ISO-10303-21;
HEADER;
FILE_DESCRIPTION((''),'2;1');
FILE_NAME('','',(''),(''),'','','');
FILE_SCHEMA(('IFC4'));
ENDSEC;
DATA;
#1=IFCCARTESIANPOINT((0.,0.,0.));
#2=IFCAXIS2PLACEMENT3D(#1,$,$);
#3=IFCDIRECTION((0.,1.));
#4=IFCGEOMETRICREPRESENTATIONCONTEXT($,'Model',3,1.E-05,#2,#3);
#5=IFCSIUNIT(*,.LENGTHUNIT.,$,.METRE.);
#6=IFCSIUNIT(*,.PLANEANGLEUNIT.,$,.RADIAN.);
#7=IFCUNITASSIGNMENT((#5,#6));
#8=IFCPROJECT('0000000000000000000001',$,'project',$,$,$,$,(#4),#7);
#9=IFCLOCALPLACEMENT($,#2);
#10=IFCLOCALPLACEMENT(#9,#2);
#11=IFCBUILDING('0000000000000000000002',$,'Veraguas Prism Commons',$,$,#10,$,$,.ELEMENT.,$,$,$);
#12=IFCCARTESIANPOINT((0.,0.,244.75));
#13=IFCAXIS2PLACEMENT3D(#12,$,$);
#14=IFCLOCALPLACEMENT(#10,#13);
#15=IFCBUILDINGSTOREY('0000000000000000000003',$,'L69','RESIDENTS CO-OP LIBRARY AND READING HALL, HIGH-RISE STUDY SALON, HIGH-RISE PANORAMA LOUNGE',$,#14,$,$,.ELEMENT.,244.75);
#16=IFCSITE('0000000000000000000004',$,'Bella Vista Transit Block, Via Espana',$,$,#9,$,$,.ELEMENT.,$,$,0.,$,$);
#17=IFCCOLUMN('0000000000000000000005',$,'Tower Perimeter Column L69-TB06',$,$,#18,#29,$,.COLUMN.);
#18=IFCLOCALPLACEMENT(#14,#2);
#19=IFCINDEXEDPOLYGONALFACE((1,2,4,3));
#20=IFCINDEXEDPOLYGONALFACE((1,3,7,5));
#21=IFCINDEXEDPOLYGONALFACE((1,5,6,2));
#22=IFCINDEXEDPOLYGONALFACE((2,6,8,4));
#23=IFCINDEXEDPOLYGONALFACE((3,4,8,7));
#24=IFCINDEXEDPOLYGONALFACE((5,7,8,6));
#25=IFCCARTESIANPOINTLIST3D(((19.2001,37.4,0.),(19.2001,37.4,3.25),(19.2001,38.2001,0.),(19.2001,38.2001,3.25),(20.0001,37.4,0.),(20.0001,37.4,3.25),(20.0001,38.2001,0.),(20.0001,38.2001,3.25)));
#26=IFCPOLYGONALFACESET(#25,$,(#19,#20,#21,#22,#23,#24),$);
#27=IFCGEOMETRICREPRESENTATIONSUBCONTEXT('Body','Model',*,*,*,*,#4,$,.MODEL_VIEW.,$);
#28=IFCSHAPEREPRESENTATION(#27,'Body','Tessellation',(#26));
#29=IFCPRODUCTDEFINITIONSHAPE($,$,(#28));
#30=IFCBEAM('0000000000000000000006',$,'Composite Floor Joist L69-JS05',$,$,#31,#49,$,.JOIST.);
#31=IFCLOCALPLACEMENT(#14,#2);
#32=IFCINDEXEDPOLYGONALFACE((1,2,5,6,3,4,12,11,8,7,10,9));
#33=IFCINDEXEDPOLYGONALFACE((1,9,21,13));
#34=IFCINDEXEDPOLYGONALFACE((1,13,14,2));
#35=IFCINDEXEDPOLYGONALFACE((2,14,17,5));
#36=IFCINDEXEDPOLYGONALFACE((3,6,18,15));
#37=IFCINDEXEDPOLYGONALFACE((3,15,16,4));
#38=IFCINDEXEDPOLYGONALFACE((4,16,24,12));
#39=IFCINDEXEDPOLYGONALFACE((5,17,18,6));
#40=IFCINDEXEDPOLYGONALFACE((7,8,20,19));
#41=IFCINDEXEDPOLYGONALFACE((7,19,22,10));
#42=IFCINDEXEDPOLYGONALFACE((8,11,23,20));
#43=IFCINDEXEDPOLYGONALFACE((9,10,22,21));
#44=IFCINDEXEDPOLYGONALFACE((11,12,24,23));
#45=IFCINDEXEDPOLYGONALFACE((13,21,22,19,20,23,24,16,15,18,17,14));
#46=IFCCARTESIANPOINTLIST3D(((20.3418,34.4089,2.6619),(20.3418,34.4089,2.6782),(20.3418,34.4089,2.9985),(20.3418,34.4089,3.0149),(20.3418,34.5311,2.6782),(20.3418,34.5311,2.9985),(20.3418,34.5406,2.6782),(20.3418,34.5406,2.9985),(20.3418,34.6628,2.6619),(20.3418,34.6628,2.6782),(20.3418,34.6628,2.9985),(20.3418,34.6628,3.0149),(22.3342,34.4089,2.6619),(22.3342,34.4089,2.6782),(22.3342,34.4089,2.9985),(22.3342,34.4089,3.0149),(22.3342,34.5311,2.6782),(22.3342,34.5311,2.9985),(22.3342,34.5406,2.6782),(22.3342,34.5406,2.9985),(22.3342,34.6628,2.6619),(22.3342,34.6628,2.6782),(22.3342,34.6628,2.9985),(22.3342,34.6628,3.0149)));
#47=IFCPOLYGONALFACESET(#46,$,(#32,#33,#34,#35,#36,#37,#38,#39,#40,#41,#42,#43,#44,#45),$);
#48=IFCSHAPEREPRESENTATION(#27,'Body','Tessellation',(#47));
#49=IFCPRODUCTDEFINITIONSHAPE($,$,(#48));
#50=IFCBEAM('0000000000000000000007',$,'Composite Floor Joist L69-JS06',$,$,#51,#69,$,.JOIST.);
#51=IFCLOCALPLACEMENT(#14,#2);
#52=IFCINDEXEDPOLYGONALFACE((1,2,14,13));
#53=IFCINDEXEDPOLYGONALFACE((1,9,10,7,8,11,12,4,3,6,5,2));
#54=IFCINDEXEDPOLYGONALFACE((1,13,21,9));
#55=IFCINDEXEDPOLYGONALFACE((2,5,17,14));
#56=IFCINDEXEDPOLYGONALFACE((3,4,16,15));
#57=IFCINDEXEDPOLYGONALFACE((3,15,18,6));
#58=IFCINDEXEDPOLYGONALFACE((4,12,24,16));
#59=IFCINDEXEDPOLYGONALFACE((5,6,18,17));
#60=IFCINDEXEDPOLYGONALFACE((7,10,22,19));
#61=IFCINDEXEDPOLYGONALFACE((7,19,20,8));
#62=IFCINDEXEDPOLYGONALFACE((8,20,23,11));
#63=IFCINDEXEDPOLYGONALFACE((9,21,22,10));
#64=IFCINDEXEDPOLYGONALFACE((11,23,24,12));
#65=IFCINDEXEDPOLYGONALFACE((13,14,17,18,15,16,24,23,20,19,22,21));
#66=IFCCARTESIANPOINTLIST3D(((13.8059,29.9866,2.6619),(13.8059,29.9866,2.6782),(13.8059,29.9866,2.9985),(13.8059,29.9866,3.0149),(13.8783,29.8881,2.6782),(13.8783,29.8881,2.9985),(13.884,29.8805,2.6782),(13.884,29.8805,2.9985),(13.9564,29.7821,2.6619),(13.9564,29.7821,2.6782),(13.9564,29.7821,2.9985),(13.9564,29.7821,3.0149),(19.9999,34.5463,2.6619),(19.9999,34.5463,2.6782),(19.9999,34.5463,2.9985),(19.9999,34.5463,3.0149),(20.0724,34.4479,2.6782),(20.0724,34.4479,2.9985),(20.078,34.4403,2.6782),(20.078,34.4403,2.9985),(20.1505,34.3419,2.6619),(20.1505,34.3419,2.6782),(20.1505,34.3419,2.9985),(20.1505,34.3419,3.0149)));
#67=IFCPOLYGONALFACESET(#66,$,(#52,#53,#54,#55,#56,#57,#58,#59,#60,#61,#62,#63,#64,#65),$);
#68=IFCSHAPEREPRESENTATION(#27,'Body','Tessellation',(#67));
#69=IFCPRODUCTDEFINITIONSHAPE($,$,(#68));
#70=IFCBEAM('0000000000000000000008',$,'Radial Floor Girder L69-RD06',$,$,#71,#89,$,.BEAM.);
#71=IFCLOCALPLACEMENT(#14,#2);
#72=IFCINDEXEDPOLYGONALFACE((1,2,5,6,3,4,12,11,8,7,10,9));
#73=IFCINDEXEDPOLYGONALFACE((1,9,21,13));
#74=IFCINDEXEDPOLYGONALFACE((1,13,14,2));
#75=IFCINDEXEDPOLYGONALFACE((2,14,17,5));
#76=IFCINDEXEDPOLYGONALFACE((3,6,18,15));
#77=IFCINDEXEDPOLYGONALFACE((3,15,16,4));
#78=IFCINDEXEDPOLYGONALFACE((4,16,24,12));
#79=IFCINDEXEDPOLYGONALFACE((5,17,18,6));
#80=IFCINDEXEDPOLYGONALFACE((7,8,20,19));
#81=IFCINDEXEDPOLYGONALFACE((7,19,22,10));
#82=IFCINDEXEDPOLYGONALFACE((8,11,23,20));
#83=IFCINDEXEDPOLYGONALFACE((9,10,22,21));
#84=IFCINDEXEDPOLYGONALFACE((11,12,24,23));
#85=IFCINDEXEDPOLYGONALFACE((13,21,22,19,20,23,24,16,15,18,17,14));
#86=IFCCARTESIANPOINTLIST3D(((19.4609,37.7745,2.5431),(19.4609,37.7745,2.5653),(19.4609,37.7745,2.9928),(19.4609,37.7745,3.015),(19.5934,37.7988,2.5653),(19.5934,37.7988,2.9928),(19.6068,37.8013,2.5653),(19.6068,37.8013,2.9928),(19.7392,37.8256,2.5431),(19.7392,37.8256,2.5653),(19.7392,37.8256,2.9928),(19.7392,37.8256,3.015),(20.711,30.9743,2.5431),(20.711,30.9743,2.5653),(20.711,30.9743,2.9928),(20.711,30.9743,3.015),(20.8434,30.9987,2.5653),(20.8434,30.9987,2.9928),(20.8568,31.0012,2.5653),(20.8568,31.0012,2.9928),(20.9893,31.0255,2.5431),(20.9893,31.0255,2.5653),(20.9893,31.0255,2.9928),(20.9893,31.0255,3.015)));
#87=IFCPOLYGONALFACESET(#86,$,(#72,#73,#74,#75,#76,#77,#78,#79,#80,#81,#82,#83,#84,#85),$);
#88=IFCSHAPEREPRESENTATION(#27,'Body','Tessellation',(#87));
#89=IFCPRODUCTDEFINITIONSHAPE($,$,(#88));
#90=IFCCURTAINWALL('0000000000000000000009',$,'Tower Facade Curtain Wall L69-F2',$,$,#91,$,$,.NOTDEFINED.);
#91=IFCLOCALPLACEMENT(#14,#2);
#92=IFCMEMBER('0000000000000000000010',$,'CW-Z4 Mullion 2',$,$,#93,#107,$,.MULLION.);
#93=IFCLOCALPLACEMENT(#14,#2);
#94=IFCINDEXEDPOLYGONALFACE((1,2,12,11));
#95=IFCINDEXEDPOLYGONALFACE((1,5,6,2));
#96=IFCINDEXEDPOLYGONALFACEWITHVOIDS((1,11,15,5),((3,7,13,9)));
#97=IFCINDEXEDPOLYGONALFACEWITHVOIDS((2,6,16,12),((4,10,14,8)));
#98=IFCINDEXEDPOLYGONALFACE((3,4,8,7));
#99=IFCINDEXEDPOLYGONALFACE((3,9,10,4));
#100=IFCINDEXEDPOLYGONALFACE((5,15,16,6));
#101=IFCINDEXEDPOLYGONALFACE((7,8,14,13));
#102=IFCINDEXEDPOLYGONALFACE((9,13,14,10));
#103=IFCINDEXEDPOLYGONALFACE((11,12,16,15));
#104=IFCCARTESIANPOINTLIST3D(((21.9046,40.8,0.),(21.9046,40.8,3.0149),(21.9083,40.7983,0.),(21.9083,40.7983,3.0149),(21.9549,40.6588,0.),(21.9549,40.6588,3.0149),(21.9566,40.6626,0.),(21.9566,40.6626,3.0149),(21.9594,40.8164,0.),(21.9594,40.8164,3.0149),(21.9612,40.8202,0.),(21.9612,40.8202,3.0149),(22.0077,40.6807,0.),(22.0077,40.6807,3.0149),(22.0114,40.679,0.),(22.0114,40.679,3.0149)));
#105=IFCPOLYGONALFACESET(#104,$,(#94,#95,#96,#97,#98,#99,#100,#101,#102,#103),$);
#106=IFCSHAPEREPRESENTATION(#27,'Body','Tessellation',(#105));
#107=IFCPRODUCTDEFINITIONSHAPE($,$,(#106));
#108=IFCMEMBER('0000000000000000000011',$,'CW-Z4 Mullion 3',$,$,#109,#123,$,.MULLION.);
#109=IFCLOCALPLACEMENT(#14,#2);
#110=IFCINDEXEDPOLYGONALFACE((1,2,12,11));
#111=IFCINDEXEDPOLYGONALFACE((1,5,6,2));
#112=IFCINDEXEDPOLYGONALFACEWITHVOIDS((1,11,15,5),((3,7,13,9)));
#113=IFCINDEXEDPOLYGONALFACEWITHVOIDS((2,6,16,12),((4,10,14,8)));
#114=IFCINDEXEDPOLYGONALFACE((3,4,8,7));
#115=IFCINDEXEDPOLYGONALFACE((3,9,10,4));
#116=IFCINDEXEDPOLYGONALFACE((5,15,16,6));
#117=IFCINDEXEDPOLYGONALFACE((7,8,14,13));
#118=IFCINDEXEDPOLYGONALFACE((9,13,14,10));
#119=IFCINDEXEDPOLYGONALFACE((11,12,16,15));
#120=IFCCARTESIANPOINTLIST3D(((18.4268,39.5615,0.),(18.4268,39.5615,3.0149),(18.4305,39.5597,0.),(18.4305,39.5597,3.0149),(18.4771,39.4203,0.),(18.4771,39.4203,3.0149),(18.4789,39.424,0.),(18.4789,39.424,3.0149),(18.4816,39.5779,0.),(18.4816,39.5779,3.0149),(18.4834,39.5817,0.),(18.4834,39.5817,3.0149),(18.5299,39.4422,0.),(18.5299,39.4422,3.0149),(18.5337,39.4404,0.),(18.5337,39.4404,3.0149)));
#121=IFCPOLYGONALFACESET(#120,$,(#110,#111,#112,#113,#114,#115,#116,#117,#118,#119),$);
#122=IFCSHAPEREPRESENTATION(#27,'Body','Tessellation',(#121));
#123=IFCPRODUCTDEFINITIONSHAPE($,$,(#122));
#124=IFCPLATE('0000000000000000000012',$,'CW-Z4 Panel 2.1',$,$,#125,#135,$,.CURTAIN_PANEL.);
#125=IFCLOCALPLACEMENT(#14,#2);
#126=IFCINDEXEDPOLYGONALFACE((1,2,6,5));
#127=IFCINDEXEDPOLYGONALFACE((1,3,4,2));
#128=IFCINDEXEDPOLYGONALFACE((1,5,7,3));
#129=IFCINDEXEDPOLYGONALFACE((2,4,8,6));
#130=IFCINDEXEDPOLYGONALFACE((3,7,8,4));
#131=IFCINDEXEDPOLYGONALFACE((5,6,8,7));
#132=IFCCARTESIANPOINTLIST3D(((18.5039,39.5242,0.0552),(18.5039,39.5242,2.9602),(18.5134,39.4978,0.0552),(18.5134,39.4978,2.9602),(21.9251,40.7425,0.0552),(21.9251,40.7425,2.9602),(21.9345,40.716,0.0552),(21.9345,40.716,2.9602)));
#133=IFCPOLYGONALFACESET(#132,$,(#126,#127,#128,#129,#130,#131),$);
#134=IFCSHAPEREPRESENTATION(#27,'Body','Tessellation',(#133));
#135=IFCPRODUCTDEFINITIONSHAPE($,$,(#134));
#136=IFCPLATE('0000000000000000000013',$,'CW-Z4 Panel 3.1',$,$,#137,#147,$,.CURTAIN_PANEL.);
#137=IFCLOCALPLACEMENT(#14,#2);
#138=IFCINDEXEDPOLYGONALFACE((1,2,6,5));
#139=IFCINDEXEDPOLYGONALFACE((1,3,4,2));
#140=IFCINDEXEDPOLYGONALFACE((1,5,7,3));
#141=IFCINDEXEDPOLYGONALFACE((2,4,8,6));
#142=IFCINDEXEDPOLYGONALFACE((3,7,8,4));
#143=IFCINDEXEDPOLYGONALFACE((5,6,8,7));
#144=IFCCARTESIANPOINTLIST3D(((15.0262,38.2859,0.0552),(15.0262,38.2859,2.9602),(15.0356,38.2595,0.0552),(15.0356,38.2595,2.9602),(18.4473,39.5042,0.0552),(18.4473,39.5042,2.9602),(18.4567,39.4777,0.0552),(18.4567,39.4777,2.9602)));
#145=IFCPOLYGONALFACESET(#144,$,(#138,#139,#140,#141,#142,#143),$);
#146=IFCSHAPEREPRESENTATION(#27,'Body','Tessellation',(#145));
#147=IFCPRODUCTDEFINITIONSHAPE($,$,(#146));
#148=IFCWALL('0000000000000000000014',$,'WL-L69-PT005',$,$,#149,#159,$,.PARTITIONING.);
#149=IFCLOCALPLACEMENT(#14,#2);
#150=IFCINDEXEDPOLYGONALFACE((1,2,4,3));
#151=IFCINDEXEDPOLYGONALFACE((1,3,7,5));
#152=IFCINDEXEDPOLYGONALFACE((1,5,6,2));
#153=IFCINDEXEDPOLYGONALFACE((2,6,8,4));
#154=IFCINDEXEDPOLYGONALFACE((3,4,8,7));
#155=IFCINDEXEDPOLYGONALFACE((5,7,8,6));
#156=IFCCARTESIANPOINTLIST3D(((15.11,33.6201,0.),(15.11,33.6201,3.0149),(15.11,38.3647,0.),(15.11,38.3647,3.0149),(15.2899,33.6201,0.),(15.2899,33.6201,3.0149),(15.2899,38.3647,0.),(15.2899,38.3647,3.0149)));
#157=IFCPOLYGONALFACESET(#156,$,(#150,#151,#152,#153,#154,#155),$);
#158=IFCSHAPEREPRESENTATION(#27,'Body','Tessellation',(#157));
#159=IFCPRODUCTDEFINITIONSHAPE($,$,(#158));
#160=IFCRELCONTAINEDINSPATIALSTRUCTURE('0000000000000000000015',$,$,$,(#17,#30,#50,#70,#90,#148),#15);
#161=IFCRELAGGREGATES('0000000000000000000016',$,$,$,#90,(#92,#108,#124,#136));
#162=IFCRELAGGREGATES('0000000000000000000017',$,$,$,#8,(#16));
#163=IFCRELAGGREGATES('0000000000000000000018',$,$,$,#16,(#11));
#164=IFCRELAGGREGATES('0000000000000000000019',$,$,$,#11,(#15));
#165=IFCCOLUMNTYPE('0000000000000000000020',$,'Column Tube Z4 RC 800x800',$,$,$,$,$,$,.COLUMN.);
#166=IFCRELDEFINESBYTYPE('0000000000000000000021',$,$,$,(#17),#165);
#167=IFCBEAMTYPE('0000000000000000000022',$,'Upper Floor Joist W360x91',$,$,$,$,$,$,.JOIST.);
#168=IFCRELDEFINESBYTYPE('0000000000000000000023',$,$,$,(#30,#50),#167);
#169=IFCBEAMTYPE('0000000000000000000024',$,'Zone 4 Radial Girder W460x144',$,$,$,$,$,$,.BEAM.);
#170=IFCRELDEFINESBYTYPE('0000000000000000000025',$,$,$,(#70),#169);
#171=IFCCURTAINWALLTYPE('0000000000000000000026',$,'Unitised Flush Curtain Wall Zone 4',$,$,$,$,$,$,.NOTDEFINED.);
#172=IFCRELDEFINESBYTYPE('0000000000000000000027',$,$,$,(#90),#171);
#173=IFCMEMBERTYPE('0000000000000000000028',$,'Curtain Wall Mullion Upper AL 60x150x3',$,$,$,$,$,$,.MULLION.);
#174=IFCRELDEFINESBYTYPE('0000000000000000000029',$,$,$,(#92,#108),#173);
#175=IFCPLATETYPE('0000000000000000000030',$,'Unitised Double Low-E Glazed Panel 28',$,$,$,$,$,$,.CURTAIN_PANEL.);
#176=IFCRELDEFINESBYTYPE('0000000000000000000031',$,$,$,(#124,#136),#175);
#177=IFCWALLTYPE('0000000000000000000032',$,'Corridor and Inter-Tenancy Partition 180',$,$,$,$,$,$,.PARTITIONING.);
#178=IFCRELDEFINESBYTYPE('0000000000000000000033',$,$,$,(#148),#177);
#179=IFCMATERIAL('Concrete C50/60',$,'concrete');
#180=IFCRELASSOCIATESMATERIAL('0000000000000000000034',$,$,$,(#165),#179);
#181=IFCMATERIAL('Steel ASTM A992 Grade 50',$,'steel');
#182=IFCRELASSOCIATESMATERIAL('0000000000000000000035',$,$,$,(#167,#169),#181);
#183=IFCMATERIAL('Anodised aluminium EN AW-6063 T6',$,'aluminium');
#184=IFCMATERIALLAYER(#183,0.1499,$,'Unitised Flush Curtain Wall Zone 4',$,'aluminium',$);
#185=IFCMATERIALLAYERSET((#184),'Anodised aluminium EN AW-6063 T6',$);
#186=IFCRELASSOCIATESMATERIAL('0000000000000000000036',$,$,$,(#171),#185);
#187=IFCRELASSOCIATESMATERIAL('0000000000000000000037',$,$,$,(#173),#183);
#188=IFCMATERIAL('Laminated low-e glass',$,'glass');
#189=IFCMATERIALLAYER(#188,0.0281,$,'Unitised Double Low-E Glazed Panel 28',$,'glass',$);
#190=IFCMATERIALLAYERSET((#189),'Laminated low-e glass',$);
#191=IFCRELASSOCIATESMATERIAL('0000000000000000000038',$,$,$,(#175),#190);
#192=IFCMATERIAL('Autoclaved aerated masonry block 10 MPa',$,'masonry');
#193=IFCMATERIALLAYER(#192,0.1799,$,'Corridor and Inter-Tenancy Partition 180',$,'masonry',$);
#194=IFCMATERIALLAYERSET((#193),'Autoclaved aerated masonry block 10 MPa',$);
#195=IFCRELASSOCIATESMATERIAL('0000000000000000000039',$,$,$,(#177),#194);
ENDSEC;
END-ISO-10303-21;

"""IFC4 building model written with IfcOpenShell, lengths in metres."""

from ifc_helpers import new_model, si_unit, direction, frame, frame_2d, origin, origin_2d, place, context, subcontext, project, spatial, rectangle, hollow_rectangle, i_section, extrude, source, transform, mapped, material, layer, layer_set, material_profile, profile_set, type_object, element, aggregate, save


model = new_model("IFC4")

# Units and contexts
model_context = context("Model", 3, precision=1e-05, world=origin(), true_north=direction((0.0, 1.0)))
body_context = subcontext(model_context, "Body", "Model", "MODEL_VIEW")
ifc_project = project(units=[si_unit("LENGTHUNIT", "METRE"), si_unit("PLANEANGLEUNIT", "RADIAN")], contexts=[model_context])

# Site, building, storey
site_placement = place(None, origin())
site = spatial("IfcSite", under=ifc_project, at=site_placement, Name="Bella Vista Transit Block, Via Espana", CompositionType="ELEMENT", RefElevation=0.0)
building_placement = place(site_placement, origin())
building = spatial("IfcBuilding", under=site, at=building_placement, Name="Veraguas Prism Commons", CompositionType="ELEMENT")
storey_placement = place(building_placement, frame((0.0, 0.0, 244.75)))
storey = spatial("IfcBuildingStorey", under=building, at=storey_placement, Name="L69", Description="RESIDENTS CO-OP LIBRARY AND READING HALL, HIGH-RISE STUDY SALON, HIGH-RISE PANORAMA LOUNGE", CompositionType="ELEMENT", Elevation=244.75)

# Column
ifc_material_1 = material(Name="Concrete C50/60", Category="concrete")
ifc_material_profile_1 = material_profile(ifc_material_1, rectangle(XDim=0.8, YDim=0.8, at=origin_2d()), Name="RC800X800")
ifc_profile_set_1 = profile_set([ifc_material_profile_1], Name="Concrete C50/60")
column_type = type_object("IfcColumnType", Name="Column Tube Z4 RC 800x800", PredefinedType="COLUMN", material=ifc_profile_set_1)
column_placement = place(storey_placement, frame((19.6001, 37.8, 0.0), z_axis=(0.0, 0.0, 1.0), x_axis=(1.0, 0.0, 0.0)))
element("IfcColumn", 1, at=column_placement, inside=storey, type_object=column_type, Name="Tower Perimeter Column L69-TB06", PredefinedType="COLUMN", context=body_context, shape_type="SweptSolid", body=[
    extrude(rectangle(XDim=0.8, YDim=0.8, at=origin_2d()), origin(), (0.0, 0.0, 1.0), 3.25),
])

# Beams
ifc_material_2 = material(Name="Steel ASTM A992 Grade 50", Category="steel")
ifc_material_profile_2 = material_profile(ifc_material_2, i_section(OverallWidth=0.2539, OverallDepth=0.353, WebThickness=0.0095, FlangeThickness=0.0164, at=origin_2d()), Name="W360X91")
ifc_profile_set_2 = profile_set([ifc_material_profile_2], Name="Steel ASTM A992 Grade 50")
beam_type_1 = type_object("IfcBeamType", Name="Upper Floor Joist W360x91", PredefinedType="JOIST", material=ifc_profile_set_2)
beam_1_placement = place(storey_placement, frame((22.3342, 34.5359, 2.8384), z_axis=(-1.0, 0.0, 0.0), x_axis=(0.0, -1.0, 0.0)))
element("IfcBeam", 2, at=beam_1_placement, inside=storey, type_object=beam_type_1, Name="Composite Floor Joist L69-JS05", PredefinedType="JOIST", context=body_context, shape_type="SweptSolid", body=[
    extrude(i_section(OverallWidth=0.2539, OverallDepth=0.353, WebThickness=0.0095, FlangeThickness=0.0164, at=origin_2d()), origin(), (0.0, 0.0, 1.0), 1.9924),
])
beam_2_placement = place(storey_placement, frame((20.0752, 34.4441, 2.8384), z_axis=(-0.80532, -0.592841, 0.0), x_axis=(0.592841, -0.80532, 0.0)))
element("IfcBeam", 3, at=beam_2_placement, inside=storey, type_object=beam_type_1, Name="Composite Floor Joist L69-JS06", PredefinedType="JOIST", context=body_context, shape_type="SweptSolid", body=[
    extrude(i_section(OverallWidth=0.2539, OverallDepth=0.353, WebThickness=0.0095, FlangeThickness=0.0164, at=origin_2d()), origin(), (0.0, 0.0, 1.0), 7.6914),
])
ifc_material_profile_3 = material_profile(ifc_material_2, i_section(OverallWidth=0.283, OverallDepth=0.4719, WebThickness=0.0137, FlangeThickness=0.0222, at=origin_2d()), Name="W460X144")
ifc_profile_set_3 = profile_set([ifc_material_profile_3], Name="Steel ASTM A992 Grade 50")
beam_type_2 = type_object("IfcBeamType", Name="Zone 4 Radial Girder W460x144", PredefinedType="BEAM", material=ifc_profile_set_3)
beam_3_placement = place(storey_placement, frame((19.6001, 37.8, 2.7791), z_axis=(0.180793, -0.983521, 0.0), x_axis=(0.983521, 0.180793, 0.0)))
element("IfcBeam", 4, at=beam_3_placement, inside=storey, type_object=beam_type_2, Name="Radial Floor Girder L69-RD06", PredefinedType="BEAM", context=body_context, shape_type="SweptSolid", body=[
    extrude(i_section(OverallWidth=0.283, OverallDepth=0.4719, WebThickness=0.0137, FlangeThickness=0.0222, at=origin_2d()), origin(), (0.0, 0.0, 1.0), 6.9141),
])

# Curtain wall, members, plates
ifc_material_3 = material(Name="Anodised aluminium EN AW-6063 T6", Category="aluminium")
ifc_layer_1 = layer(ifc_material_3, 0.1499, Name="Unitised Flush Curtain Wall Zone 4", Category="aluminium")
ifc_layer_set_1 = layer_set([ifc_layer_1], Name="Anodised aluminium EN AW-6063 T6")
curtain_wall_type = type_object("IfcCurtainWallType", Name="Unitised Flush Curtain Wall Zone 4", PredefinedType="NOTDEFINED", material=ifc_layer_set_1)
curtain_wall_placement = place(storey_placement, origin())
curtain_wall = element("IfcCurtainWall", 5, at=curtain_wall_placement, inside=storey, type_object=curtain_wall_type, Name="Tower Facade Curtain Wall L69-F2", PredefinedType="NOTDEFINED")
ifc_material_profile_4 = material_profile(ifc_material_3, hollow_rectangle(XDim=0.0601, YDim=0.1499, WallThickness=0.0029, at=origin_2d()), Name="AL60X150X3")
ifc_profile_set_4 = profile_set([ifc_material_profile_4], Name="Anodised aluminium EN AW-6063 T6")
member_type = type_object("IfcMemberType", Name="Curtain Wall Mullion Upper AL 60x150x3", PredefinedType="MULLION", material=ifc_profile_set_4)
shared_shape_1 = source(origin(), body_context, "Body", "SweptSolid", [
    extrude(hollow_rectangle(XDim=0.0601, YDim=0.1499, WallThickness=0.0029, at=origin_2d()), origin(), (0.0, 0.0, 1.0), 3.0149),
])
member_1_placement = place(storey_placement, frame((21.958, 40.7395, 0.0), z_axis=(0.0, 0.0, 1.0), x_axis=(-0.942056, -0.335457, 0.0)))
member_1 = element("IfcMember", 6, at=member_1_placement, type_object=member_type, Name="CW-Z4 Mullion 2", PredefinedType="MULLION", context=body_context, shape_type="MappedRepresentation", body=[
    mapped(shared_shape_1, transform((0.0, 0.0, 0.0), scale=1.0)),
])
member_2_placement = place(storey_placement, frame((18.4802, 39.501, 0.0), z_axis=(0.0, 0.0, 1.0), x_axis=(-0.942056, -0.335457, 0.0)))
member_2 = element("IfcMember", 7, at=member_2_placement, type_object=member_type, Name="CW-Z4 Mullion 3", PredefinedType="MULLION", context=body_context, shape_type="MappedRepresentation", body=[
    mapped(shared_shape_1, transform((0.0, 0.0, 0.0), scale=1.0)),
])
ifc_material_4 = material(Name="Laminated low-e glass", Category="glass")
ifc_layer_2 = layer(ifc_material_4, 0.0281, Name="Unitised Double Low-E Glazed Panel 28", Category="glass")
ifc_layer_set_2 = layer_set([ifc_layer_2], Name="Laminated low-e glass")
plate_type = type_object("IfcPlateType", Name="Unitised Double Low-E Glazed Panel 28", PredefinedType="CURTAIN_PANEL", material=ifc_layer_set_2)
shared_shape_2 = source(origin(), body_context, "Body", "SweptSolid", [
    extrude(rectangle(XDim=3.6316, YDim=0.0281, at=origin_2d()), origin(), (0.0, 0.0, 1.0), 2.905),
])
plate_1_placement = place(storey_placement, frame((20.2192, 40.1201, 0.0552), z_axis=(0.0, 0.0, 1.0), x_axis=(-0.942056, -0.335457, 0.0)))
plate_1 = element("IfcPlate", 8, at=plate_1_placement, type_object=plate_type, Name="CW-Z4 Panel 2.1", PredefinedType="CURTAIN_PANEL", context=body_context, shape_type="MappedRepresentation", body=[
    mapped(shared_shape_2, transform((0.0, 0.0, 0.0), scale=1.0)),
])
plate_2_placement = place(storey_placement, frame((16.7415, 38.8818, 0.0552), z_axis=(0.0, 0.0, 1.0), x_axis=(-0.942056, -0.335457, 0.0)))
plate_2 = element("IfcPlate", 9, at=plate_2_placement, type_object=plate_type, Name="CW-Z4 Panel 3.1", PredefinedType="CURTAIN_PANEL", context=body_context, shape_type="MappedRepresentation", body=[
    mapped(shared_shape_2, transform((0.0, 0.0, 0.0), scale=1.0)),
])
aggregate(curtain_wall, [member_1, member_2, plate_1, plate_2])

# Wall
ifc_material_5 = material(Name="Autoclaved aerated masonry block 10 MPa", Category="masonry")
ifc_layer_3 = layer(ifc_material_5, 0.1799, Name="Corridor and Inter-Tenancy Partition 180", Category="masonry")
ifc_layer_set_3 = layer_set([ifc_layer_3], Name="Autoclaved aerated masonry block 10 MPa")
wall_type_1 = type_object("IfcWallType", Name="Corridor and Inter-Tenancy Partition 180", PredefinedType="PARTITIONING", material=ifc_layer_set_3)
wall_1_placement = place(storey_placement, frame((15.2, 33.6201, 0.0), z_axis=(0.0, 0.0, 1.0), x_axis=(0.0, 1.0, 0.0)))
element("IfcWall", 10, at=wall_1_placement, inside=storey, type_object=wall_type_1, Name="WL-L69-PT005", PredefinedType="PARTITIONING", context=body_context, shape_type="SweptSolid", body=[
    extrude(rectangle(XDim=4.7446, YDim=0.1799, at=frame_2d((2.3723, 0.0))), origin(), (0.0, 0.0, 1.0), 3.0149),
])

save(model, "model.ifc")
